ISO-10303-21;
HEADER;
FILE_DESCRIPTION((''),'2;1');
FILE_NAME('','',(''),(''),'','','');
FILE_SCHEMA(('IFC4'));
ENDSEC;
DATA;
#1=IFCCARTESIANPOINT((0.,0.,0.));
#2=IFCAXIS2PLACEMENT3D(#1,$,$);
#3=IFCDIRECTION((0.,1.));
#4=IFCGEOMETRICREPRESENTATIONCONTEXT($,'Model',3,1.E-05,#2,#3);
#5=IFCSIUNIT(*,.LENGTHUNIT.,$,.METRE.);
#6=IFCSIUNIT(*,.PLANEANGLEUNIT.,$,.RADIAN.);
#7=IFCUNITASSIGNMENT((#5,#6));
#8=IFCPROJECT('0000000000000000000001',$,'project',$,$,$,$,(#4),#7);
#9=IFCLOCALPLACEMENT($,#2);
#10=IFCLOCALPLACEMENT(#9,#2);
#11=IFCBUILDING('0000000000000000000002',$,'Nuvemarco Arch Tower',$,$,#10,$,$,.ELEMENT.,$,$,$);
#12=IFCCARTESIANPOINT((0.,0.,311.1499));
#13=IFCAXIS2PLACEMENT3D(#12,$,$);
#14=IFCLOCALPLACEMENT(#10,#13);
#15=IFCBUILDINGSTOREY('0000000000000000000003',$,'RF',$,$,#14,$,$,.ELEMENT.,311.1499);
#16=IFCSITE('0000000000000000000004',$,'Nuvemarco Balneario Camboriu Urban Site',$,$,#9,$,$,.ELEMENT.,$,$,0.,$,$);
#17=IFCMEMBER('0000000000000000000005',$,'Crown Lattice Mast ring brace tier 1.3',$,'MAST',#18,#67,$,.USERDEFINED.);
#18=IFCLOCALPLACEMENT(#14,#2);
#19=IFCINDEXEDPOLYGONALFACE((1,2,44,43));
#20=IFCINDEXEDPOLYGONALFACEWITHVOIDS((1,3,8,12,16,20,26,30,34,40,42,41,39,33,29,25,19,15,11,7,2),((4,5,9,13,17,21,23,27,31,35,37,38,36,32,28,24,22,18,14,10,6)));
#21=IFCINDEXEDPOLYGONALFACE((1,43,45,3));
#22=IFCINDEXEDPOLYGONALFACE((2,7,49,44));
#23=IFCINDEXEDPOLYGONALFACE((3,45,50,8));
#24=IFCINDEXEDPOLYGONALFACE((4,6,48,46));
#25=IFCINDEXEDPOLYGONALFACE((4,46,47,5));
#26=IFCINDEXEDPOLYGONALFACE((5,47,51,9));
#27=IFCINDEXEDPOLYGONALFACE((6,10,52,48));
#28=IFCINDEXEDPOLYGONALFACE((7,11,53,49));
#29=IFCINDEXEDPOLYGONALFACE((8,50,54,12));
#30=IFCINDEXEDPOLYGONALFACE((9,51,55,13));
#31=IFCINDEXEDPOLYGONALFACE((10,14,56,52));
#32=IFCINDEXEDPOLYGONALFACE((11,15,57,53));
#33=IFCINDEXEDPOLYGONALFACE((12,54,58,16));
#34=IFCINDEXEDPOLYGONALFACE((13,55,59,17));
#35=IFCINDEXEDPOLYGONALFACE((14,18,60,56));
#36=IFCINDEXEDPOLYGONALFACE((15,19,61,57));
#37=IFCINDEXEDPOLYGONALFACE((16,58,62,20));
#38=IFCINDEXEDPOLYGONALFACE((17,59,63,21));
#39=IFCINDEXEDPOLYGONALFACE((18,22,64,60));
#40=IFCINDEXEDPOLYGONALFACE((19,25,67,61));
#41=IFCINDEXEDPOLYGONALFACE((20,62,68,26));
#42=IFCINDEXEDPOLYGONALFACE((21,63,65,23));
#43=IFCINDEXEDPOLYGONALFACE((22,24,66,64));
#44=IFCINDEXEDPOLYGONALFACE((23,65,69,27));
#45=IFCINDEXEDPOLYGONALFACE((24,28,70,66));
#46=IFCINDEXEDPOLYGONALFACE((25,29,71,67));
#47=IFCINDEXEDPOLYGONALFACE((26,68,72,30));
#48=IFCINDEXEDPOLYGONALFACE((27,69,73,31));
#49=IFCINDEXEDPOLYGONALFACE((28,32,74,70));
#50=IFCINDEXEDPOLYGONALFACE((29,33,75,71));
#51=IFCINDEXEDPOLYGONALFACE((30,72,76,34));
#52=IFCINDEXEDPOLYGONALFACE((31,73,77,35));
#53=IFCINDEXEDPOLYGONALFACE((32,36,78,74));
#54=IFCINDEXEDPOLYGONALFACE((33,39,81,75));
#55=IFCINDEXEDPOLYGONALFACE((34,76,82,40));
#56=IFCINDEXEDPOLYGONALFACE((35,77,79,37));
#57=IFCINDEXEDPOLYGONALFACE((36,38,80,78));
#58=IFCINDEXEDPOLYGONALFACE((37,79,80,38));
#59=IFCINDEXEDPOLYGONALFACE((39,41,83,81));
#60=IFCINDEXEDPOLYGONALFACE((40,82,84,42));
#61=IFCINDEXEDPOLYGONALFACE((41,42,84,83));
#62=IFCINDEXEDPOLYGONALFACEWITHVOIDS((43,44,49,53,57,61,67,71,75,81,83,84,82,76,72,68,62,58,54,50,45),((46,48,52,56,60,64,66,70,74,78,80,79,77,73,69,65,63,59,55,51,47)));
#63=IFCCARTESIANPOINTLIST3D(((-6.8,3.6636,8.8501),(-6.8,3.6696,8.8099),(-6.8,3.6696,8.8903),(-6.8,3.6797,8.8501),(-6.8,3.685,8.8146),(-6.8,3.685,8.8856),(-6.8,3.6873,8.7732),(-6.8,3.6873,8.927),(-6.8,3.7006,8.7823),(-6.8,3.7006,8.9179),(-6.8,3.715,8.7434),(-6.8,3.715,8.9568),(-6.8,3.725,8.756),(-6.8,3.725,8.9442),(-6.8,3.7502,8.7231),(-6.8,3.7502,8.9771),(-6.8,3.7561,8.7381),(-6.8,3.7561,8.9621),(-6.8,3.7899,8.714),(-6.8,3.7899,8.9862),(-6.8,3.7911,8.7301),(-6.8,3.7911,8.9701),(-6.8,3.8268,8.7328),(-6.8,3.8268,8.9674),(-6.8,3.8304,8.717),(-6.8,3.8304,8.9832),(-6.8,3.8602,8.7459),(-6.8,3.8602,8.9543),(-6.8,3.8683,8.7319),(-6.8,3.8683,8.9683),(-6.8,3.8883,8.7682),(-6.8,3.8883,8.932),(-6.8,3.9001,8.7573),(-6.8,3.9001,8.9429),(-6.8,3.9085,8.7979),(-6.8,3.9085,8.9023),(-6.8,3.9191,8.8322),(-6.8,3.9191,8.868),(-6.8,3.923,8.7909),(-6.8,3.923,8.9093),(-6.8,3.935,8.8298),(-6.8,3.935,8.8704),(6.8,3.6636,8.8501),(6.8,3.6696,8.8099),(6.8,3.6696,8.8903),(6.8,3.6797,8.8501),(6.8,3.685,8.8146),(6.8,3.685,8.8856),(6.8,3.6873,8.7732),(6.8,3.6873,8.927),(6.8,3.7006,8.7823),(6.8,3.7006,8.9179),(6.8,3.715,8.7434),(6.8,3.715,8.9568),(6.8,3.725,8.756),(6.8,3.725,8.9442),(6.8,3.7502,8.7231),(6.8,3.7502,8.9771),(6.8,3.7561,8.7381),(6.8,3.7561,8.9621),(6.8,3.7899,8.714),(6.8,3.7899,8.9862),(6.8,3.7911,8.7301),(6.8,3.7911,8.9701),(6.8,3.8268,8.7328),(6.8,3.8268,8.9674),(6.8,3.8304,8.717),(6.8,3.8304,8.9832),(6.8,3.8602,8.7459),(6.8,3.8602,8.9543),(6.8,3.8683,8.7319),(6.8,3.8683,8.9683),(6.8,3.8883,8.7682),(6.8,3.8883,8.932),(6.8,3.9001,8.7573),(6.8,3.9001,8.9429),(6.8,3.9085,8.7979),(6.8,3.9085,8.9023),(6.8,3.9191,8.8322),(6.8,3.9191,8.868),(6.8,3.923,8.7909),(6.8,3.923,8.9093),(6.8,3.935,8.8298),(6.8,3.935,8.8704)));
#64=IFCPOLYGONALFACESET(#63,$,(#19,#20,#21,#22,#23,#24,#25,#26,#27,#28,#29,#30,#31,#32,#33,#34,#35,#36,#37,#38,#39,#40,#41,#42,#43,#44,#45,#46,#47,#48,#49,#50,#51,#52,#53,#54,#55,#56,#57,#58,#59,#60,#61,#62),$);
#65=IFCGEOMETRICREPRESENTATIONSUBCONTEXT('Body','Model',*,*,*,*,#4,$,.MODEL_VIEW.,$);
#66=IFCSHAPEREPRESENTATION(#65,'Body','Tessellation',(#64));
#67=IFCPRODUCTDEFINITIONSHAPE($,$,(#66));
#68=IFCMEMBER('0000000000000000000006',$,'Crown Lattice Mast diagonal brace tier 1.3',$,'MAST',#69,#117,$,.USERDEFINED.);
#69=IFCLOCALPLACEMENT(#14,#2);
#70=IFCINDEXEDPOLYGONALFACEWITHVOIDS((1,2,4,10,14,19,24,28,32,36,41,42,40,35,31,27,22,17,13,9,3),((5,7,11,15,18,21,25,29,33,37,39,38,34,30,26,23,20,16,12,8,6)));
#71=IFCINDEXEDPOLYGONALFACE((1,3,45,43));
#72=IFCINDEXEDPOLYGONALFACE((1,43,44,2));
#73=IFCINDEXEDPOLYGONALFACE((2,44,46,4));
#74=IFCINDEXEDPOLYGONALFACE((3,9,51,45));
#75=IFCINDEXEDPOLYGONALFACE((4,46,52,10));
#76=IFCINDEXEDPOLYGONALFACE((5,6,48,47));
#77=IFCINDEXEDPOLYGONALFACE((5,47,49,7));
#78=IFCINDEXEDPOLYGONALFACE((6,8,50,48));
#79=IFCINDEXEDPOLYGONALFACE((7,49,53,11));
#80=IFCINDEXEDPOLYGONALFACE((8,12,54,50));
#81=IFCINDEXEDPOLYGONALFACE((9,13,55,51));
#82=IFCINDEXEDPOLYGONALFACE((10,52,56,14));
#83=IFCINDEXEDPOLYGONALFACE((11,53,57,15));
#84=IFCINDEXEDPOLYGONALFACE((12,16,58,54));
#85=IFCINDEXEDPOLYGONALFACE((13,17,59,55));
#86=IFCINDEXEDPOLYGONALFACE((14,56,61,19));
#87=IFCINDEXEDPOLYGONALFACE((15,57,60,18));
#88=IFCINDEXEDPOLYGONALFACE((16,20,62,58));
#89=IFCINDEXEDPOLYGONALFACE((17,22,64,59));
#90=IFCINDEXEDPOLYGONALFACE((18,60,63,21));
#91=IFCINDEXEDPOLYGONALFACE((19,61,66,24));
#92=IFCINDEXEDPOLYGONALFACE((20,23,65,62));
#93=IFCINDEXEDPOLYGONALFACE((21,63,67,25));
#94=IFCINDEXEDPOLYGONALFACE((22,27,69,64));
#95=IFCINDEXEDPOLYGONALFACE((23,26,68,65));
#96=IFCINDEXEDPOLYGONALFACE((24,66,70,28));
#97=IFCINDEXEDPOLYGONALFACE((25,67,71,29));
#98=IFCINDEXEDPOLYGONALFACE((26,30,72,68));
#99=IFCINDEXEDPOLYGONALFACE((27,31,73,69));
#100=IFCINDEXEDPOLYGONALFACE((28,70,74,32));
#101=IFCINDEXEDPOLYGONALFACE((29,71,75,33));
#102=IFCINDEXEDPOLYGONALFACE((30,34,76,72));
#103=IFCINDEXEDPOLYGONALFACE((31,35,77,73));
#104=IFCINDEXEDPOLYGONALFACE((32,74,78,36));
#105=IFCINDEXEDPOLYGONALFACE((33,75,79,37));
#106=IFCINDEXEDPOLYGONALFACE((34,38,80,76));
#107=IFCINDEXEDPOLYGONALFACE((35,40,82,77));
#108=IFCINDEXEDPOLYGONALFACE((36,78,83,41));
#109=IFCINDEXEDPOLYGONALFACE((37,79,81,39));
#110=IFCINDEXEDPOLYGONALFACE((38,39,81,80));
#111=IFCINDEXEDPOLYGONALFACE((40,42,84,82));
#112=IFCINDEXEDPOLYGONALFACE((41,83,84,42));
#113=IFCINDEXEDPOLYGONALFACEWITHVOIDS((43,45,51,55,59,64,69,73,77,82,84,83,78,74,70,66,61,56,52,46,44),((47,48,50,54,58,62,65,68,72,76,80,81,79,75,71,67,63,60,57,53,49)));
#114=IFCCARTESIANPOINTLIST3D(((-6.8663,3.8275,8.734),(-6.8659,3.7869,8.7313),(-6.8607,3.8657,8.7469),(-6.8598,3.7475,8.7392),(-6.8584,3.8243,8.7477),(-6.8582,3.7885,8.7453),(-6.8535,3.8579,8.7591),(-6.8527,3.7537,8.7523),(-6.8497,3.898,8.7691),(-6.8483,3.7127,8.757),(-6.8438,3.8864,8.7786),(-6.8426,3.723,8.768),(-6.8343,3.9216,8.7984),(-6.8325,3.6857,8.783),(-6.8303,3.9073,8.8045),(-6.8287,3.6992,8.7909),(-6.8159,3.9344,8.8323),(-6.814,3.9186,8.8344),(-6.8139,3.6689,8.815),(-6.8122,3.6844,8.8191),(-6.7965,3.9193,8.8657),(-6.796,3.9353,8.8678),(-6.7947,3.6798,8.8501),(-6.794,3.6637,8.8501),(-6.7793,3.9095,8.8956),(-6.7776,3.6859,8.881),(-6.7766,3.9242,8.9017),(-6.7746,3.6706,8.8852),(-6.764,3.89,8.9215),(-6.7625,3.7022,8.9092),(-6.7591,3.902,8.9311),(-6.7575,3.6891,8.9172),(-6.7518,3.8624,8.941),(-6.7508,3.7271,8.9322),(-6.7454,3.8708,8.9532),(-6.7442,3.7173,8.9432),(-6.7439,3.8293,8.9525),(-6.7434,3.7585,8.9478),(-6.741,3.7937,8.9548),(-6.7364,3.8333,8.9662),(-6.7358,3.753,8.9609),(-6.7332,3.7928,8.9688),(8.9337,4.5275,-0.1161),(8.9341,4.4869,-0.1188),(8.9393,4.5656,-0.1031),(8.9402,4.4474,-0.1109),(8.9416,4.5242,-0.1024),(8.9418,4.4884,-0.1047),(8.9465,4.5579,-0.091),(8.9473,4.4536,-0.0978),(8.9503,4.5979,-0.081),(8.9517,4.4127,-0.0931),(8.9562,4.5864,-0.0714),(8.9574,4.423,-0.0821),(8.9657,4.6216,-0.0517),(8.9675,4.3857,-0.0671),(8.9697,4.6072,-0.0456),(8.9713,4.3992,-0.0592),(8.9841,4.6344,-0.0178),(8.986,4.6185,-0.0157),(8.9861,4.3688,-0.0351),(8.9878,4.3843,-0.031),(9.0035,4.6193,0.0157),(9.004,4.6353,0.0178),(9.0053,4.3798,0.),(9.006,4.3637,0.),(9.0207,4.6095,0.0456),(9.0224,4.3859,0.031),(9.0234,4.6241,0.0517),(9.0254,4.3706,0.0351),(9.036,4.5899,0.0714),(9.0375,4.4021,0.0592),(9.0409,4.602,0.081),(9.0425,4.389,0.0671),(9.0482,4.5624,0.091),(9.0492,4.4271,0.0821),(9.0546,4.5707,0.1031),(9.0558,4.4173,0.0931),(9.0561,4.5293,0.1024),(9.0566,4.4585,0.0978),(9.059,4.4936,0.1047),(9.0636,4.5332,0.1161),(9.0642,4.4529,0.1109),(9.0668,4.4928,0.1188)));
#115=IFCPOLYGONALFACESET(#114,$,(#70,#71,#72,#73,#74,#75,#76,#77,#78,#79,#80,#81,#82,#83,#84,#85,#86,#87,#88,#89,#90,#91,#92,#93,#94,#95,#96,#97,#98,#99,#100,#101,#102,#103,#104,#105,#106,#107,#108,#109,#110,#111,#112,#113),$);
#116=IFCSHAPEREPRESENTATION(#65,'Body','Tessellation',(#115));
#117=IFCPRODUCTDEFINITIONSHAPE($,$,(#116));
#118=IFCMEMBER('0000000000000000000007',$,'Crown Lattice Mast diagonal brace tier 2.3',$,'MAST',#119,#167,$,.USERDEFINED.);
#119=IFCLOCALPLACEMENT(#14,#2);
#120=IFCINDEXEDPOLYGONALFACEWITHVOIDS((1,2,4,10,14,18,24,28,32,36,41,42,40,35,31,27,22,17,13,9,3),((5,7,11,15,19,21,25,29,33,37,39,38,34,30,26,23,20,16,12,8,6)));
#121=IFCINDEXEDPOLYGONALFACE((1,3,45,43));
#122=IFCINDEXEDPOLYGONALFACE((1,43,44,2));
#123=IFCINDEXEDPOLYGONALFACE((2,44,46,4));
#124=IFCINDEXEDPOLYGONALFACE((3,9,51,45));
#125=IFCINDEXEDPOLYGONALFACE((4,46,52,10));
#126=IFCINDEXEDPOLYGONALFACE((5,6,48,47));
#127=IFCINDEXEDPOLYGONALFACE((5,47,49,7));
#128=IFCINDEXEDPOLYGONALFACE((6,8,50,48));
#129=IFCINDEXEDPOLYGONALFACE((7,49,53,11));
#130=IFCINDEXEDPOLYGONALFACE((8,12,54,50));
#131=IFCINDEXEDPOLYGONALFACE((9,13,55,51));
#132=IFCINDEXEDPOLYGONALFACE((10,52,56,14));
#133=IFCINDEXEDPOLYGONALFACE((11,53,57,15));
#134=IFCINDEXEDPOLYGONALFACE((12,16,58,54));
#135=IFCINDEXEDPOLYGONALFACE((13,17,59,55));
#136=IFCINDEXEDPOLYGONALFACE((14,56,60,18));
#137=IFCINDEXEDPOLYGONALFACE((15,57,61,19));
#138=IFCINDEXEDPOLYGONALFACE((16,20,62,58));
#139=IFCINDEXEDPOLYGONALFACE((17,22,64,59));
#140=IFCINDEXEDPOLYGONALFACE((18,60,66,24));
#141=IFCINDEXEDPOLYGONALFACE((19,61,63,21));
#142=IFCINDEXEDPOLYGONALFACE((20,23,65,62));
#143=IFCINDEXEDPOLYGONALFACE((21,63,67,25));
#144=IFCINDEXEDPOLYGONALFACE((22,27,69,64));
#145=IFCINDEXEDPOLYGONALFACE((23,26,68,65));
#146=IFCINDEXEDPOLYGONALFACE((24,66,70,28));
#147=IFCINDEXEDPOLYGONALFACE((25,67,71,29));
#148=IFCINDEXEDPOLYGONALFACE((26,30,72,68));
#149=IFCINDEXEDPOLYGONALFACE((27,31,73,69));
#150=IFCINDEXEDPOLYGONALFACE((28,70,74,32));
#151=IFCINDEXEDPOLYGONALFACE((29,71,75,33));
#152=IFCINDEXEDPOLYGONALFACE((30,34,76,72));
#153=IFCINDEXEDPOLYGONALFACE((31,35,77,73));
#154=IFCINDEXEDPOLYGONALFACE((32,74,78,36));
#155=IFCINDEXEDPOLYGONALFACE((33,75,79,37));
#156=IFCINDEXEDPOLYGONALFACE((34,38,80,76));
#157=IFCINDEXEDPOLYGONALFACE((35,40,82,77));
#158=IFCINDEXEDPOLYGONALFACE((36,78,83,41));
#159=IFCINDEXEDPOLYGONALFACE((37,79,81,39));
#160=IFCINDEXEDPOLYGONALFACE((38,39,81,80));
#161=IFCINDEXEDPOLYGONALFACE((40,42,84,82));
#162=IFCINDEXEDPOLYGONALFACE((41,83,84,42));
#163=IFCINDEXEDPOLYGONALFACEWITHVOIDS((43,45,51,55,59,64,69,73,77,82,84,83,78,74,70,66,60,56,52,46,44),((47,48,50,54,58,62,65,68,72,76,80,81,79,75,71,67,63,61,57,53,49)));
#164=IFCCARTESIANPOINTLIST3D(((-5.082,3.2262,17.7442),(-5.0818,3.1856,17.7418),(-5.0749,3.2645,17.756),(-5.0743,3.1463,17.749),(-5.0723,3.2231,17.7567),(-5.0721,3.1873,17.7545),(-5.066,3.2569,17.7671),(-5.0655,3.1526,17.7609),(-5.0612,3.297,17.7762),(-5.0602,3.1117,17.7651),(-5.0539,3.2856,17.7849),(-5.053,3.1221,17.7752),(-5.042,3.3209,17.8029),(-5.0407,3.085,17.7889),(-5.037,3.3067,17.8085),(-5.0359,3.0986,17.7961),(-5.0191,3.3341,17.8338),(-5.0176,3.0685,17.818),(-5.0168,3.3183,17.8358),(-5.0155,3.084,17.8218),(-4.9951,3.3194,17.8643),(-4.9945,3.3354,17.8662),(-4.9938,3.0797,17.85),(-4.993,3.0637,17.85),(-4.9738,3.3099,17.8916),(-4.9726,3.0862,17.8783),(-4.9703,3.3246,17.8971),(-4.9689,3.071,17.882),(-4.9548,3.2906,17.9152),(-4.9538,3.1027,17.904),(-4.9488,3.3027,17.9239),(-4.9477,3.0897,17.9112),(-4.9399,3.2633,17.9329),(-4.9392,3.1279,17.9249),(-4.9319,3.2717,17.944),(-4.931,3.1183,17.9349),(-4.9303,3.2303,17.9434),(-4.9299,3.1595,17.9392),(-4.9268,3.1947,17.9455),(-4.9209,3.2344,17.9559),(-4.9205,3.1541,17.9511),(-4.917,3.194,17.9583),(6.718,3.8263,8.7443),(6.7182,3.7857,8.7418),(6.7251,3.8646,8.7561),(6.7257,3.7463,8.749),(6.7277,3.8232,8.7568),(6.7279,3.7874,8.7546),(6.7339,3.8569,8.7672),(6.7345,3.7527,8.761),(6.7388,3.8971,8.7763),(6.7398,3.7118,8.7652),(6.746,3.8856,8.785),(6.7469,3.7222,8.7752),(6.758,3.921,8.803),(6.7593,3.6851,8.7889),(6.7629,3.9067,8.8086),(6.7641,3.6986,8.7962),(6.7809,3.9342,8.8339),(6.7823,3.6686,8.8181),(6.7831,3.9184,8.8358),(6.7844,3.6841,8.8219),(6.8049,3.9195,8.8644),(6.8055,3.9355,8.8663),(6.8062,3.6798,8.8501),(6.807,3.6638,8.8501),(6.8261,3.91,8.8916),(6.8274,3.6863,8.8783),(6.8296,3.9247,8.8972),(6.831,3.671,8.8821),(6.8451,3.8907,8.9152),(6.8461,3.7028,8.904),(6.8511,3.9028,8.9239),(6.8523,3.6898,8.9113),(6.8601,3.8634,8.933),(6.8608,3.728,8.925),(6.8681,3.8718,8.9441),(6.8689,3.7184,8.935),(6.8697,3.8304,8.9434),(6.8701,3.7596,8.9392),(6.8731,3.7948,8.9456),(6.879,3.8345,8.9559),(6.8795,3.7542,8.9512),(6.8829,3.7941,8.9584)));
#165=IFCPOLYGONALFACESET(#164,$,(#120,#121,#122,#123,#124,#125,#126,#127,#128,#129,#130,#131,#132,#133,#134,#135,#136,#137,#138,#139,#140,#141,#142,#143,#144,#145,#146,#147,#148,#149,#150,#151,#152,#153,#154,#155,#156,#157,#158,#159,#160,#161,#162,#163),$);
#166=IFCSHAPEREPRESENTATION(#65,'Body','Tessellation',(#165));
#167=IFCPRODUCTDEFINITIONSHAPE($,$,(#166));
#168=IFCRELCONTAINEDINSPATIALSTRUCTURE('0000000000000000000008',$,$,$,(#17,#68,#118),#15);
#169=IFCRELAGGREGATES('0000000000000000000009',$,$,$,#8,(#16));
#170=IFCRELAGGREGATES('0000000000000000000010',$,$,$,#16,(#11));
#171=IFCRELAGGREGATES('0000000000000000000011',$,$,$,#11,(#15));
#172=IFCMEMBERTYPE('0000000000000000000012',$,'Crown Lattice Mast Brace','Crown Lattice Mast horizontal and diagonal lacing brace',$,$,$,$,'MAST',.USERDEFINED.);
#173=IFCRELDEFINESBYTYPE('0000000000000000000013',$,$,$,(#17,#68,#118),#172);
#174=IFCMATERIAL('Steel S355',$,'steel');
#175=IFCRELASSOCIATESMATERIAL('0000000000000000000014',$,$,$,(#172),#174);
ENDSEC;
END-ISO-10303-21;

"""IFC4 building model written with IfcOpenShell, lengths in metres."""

from ifc_helpers import new_model, si_unit, direction, frame, origin, origin_2d, place, context, subcontext, project, spatial, hollow_circle, extrude, material, material_profile, profile_set, type_object, element, save


model = new_model("IFC4")

# Units and contexts
model_context = context("Model", 3, precision=1e-05, world=origin(), true_north=direction((0.0, 1.0)))
body_context = subcontext(model_context, "Body", "Model", "MODEL_VIEW")
ifc_project = project(units=[si_unit("LENGTHUNIT", "METRE"), si_unit("PLANEANGLEUNIT", "RADIAN")], contexts=[model_context])

# Site, building, storey
site_placement = place(None, origin())
site = spatial("IfcSite", under=ifc_project, at=site_placement, Name="Nuvemarco Balneario Camboriu Urban Site", CompositionType="ELEMENT", RefElevation=0.0)
building_placement = place(site_placement, origin())
building = spatial("IfcBuilding", under=site, at=building_placement, Name="Nuvemarco Arch Tower", CompositionType="ELEMENT")
storey_placement = place(building_placement, frame((0.0, 0.0, 311.1499)))
storey = spatial("IfcBuildingStorey", under=building, at=storey_placement, Name="RF", CompositionType="ELEMENT", Elevation=311.1499)

# Members
ifc_material_1 = material(Name="Steel S355", Category="steel")
ifc_material_profile_1 = material_profile(ifc_material_1, hollow_circle(Radius=0.1365, WallThickness=0.0161, at=origin_2d()), Name="CHS273x16")
ifc_profile_set_1 = profile_set([ifc_material_profile_1], Name="Steel S355")
member_type_1 = type_object("IfcMemberType", Name="Crown Lattice Mast Brace", Description="Crown Lattice Mast horizontal and diagonal lacing brace", ElementType="MAST", PredefinedType="USERDEFINED", material=ifc_profile_set_1)
member_1_placement = place(storey_placement, frame((6.8, 3.8, 8.8501), z_axis=(-1.0, 0.0, 0.0), x_axis=(0.0, -1.0, 0.0)))
element("IfcMember", 1, at=member_1_placement, inside=storey, type_object=member_type_1, Name="Crown Lattice Mast ring brace tier 1.3", ObjectType="MAST", PredefinedType="USERDEFINED", context=body_context, shape_type="SweptSolid", body=[
    extrude(hollow_circle(Radius=0.1365, WallThickness=0.0161, at=origin_2d()), origin(), (0.0, 0.0, 1.0), 13.6001),
])
member_2_placement = place(storey_placement, frame((9.0, 4.5, 0.0), z_axis=(-0.871806, -0.038622, 0.488326), x_axis=(0.044257, -0.99902, 0.0)))
element("IfcMember", 2, at=member_2_placement, inside=storey, type_object=member_type_1, Name="Crown Lattice Mast diagonal brace tier 1.3", ObjectType="MAST", PredefinedType="USERDEFINED", context=body_context, shape_type="SweptSolid", body=[
    extrude(hollow_circle(Radius=0.1365, WallThickness=0.0161, at=origin_2d()), origin(), (0.0, 0.0, 1.0), 18.1233),
])
member_3_placement = place(storey_placement, frame((6.8, 3.8, 8.8501), z_axis=(-0.794474, -0.040403, 0.605952), x_axis=(0.05079, -0.998709, 0.0)))
element("IfcMember", 3, at=member_3_placement, inside=storey, type_object=member_type_1, Name="Crown Lattice Mast diagonal brace tier 2.3", ObjectType="MAST", PredefinedType="USERDEFINED", context=body_context, shape_type="SweptSolid", body=[
    extrude(hollow_circle(Radius=0.1365, WallThickness=0.0161, at=origin_2d()), origin(), (0.0, 0.0, 1.0), 14.8525),
])

save(model, "model.ifc")
